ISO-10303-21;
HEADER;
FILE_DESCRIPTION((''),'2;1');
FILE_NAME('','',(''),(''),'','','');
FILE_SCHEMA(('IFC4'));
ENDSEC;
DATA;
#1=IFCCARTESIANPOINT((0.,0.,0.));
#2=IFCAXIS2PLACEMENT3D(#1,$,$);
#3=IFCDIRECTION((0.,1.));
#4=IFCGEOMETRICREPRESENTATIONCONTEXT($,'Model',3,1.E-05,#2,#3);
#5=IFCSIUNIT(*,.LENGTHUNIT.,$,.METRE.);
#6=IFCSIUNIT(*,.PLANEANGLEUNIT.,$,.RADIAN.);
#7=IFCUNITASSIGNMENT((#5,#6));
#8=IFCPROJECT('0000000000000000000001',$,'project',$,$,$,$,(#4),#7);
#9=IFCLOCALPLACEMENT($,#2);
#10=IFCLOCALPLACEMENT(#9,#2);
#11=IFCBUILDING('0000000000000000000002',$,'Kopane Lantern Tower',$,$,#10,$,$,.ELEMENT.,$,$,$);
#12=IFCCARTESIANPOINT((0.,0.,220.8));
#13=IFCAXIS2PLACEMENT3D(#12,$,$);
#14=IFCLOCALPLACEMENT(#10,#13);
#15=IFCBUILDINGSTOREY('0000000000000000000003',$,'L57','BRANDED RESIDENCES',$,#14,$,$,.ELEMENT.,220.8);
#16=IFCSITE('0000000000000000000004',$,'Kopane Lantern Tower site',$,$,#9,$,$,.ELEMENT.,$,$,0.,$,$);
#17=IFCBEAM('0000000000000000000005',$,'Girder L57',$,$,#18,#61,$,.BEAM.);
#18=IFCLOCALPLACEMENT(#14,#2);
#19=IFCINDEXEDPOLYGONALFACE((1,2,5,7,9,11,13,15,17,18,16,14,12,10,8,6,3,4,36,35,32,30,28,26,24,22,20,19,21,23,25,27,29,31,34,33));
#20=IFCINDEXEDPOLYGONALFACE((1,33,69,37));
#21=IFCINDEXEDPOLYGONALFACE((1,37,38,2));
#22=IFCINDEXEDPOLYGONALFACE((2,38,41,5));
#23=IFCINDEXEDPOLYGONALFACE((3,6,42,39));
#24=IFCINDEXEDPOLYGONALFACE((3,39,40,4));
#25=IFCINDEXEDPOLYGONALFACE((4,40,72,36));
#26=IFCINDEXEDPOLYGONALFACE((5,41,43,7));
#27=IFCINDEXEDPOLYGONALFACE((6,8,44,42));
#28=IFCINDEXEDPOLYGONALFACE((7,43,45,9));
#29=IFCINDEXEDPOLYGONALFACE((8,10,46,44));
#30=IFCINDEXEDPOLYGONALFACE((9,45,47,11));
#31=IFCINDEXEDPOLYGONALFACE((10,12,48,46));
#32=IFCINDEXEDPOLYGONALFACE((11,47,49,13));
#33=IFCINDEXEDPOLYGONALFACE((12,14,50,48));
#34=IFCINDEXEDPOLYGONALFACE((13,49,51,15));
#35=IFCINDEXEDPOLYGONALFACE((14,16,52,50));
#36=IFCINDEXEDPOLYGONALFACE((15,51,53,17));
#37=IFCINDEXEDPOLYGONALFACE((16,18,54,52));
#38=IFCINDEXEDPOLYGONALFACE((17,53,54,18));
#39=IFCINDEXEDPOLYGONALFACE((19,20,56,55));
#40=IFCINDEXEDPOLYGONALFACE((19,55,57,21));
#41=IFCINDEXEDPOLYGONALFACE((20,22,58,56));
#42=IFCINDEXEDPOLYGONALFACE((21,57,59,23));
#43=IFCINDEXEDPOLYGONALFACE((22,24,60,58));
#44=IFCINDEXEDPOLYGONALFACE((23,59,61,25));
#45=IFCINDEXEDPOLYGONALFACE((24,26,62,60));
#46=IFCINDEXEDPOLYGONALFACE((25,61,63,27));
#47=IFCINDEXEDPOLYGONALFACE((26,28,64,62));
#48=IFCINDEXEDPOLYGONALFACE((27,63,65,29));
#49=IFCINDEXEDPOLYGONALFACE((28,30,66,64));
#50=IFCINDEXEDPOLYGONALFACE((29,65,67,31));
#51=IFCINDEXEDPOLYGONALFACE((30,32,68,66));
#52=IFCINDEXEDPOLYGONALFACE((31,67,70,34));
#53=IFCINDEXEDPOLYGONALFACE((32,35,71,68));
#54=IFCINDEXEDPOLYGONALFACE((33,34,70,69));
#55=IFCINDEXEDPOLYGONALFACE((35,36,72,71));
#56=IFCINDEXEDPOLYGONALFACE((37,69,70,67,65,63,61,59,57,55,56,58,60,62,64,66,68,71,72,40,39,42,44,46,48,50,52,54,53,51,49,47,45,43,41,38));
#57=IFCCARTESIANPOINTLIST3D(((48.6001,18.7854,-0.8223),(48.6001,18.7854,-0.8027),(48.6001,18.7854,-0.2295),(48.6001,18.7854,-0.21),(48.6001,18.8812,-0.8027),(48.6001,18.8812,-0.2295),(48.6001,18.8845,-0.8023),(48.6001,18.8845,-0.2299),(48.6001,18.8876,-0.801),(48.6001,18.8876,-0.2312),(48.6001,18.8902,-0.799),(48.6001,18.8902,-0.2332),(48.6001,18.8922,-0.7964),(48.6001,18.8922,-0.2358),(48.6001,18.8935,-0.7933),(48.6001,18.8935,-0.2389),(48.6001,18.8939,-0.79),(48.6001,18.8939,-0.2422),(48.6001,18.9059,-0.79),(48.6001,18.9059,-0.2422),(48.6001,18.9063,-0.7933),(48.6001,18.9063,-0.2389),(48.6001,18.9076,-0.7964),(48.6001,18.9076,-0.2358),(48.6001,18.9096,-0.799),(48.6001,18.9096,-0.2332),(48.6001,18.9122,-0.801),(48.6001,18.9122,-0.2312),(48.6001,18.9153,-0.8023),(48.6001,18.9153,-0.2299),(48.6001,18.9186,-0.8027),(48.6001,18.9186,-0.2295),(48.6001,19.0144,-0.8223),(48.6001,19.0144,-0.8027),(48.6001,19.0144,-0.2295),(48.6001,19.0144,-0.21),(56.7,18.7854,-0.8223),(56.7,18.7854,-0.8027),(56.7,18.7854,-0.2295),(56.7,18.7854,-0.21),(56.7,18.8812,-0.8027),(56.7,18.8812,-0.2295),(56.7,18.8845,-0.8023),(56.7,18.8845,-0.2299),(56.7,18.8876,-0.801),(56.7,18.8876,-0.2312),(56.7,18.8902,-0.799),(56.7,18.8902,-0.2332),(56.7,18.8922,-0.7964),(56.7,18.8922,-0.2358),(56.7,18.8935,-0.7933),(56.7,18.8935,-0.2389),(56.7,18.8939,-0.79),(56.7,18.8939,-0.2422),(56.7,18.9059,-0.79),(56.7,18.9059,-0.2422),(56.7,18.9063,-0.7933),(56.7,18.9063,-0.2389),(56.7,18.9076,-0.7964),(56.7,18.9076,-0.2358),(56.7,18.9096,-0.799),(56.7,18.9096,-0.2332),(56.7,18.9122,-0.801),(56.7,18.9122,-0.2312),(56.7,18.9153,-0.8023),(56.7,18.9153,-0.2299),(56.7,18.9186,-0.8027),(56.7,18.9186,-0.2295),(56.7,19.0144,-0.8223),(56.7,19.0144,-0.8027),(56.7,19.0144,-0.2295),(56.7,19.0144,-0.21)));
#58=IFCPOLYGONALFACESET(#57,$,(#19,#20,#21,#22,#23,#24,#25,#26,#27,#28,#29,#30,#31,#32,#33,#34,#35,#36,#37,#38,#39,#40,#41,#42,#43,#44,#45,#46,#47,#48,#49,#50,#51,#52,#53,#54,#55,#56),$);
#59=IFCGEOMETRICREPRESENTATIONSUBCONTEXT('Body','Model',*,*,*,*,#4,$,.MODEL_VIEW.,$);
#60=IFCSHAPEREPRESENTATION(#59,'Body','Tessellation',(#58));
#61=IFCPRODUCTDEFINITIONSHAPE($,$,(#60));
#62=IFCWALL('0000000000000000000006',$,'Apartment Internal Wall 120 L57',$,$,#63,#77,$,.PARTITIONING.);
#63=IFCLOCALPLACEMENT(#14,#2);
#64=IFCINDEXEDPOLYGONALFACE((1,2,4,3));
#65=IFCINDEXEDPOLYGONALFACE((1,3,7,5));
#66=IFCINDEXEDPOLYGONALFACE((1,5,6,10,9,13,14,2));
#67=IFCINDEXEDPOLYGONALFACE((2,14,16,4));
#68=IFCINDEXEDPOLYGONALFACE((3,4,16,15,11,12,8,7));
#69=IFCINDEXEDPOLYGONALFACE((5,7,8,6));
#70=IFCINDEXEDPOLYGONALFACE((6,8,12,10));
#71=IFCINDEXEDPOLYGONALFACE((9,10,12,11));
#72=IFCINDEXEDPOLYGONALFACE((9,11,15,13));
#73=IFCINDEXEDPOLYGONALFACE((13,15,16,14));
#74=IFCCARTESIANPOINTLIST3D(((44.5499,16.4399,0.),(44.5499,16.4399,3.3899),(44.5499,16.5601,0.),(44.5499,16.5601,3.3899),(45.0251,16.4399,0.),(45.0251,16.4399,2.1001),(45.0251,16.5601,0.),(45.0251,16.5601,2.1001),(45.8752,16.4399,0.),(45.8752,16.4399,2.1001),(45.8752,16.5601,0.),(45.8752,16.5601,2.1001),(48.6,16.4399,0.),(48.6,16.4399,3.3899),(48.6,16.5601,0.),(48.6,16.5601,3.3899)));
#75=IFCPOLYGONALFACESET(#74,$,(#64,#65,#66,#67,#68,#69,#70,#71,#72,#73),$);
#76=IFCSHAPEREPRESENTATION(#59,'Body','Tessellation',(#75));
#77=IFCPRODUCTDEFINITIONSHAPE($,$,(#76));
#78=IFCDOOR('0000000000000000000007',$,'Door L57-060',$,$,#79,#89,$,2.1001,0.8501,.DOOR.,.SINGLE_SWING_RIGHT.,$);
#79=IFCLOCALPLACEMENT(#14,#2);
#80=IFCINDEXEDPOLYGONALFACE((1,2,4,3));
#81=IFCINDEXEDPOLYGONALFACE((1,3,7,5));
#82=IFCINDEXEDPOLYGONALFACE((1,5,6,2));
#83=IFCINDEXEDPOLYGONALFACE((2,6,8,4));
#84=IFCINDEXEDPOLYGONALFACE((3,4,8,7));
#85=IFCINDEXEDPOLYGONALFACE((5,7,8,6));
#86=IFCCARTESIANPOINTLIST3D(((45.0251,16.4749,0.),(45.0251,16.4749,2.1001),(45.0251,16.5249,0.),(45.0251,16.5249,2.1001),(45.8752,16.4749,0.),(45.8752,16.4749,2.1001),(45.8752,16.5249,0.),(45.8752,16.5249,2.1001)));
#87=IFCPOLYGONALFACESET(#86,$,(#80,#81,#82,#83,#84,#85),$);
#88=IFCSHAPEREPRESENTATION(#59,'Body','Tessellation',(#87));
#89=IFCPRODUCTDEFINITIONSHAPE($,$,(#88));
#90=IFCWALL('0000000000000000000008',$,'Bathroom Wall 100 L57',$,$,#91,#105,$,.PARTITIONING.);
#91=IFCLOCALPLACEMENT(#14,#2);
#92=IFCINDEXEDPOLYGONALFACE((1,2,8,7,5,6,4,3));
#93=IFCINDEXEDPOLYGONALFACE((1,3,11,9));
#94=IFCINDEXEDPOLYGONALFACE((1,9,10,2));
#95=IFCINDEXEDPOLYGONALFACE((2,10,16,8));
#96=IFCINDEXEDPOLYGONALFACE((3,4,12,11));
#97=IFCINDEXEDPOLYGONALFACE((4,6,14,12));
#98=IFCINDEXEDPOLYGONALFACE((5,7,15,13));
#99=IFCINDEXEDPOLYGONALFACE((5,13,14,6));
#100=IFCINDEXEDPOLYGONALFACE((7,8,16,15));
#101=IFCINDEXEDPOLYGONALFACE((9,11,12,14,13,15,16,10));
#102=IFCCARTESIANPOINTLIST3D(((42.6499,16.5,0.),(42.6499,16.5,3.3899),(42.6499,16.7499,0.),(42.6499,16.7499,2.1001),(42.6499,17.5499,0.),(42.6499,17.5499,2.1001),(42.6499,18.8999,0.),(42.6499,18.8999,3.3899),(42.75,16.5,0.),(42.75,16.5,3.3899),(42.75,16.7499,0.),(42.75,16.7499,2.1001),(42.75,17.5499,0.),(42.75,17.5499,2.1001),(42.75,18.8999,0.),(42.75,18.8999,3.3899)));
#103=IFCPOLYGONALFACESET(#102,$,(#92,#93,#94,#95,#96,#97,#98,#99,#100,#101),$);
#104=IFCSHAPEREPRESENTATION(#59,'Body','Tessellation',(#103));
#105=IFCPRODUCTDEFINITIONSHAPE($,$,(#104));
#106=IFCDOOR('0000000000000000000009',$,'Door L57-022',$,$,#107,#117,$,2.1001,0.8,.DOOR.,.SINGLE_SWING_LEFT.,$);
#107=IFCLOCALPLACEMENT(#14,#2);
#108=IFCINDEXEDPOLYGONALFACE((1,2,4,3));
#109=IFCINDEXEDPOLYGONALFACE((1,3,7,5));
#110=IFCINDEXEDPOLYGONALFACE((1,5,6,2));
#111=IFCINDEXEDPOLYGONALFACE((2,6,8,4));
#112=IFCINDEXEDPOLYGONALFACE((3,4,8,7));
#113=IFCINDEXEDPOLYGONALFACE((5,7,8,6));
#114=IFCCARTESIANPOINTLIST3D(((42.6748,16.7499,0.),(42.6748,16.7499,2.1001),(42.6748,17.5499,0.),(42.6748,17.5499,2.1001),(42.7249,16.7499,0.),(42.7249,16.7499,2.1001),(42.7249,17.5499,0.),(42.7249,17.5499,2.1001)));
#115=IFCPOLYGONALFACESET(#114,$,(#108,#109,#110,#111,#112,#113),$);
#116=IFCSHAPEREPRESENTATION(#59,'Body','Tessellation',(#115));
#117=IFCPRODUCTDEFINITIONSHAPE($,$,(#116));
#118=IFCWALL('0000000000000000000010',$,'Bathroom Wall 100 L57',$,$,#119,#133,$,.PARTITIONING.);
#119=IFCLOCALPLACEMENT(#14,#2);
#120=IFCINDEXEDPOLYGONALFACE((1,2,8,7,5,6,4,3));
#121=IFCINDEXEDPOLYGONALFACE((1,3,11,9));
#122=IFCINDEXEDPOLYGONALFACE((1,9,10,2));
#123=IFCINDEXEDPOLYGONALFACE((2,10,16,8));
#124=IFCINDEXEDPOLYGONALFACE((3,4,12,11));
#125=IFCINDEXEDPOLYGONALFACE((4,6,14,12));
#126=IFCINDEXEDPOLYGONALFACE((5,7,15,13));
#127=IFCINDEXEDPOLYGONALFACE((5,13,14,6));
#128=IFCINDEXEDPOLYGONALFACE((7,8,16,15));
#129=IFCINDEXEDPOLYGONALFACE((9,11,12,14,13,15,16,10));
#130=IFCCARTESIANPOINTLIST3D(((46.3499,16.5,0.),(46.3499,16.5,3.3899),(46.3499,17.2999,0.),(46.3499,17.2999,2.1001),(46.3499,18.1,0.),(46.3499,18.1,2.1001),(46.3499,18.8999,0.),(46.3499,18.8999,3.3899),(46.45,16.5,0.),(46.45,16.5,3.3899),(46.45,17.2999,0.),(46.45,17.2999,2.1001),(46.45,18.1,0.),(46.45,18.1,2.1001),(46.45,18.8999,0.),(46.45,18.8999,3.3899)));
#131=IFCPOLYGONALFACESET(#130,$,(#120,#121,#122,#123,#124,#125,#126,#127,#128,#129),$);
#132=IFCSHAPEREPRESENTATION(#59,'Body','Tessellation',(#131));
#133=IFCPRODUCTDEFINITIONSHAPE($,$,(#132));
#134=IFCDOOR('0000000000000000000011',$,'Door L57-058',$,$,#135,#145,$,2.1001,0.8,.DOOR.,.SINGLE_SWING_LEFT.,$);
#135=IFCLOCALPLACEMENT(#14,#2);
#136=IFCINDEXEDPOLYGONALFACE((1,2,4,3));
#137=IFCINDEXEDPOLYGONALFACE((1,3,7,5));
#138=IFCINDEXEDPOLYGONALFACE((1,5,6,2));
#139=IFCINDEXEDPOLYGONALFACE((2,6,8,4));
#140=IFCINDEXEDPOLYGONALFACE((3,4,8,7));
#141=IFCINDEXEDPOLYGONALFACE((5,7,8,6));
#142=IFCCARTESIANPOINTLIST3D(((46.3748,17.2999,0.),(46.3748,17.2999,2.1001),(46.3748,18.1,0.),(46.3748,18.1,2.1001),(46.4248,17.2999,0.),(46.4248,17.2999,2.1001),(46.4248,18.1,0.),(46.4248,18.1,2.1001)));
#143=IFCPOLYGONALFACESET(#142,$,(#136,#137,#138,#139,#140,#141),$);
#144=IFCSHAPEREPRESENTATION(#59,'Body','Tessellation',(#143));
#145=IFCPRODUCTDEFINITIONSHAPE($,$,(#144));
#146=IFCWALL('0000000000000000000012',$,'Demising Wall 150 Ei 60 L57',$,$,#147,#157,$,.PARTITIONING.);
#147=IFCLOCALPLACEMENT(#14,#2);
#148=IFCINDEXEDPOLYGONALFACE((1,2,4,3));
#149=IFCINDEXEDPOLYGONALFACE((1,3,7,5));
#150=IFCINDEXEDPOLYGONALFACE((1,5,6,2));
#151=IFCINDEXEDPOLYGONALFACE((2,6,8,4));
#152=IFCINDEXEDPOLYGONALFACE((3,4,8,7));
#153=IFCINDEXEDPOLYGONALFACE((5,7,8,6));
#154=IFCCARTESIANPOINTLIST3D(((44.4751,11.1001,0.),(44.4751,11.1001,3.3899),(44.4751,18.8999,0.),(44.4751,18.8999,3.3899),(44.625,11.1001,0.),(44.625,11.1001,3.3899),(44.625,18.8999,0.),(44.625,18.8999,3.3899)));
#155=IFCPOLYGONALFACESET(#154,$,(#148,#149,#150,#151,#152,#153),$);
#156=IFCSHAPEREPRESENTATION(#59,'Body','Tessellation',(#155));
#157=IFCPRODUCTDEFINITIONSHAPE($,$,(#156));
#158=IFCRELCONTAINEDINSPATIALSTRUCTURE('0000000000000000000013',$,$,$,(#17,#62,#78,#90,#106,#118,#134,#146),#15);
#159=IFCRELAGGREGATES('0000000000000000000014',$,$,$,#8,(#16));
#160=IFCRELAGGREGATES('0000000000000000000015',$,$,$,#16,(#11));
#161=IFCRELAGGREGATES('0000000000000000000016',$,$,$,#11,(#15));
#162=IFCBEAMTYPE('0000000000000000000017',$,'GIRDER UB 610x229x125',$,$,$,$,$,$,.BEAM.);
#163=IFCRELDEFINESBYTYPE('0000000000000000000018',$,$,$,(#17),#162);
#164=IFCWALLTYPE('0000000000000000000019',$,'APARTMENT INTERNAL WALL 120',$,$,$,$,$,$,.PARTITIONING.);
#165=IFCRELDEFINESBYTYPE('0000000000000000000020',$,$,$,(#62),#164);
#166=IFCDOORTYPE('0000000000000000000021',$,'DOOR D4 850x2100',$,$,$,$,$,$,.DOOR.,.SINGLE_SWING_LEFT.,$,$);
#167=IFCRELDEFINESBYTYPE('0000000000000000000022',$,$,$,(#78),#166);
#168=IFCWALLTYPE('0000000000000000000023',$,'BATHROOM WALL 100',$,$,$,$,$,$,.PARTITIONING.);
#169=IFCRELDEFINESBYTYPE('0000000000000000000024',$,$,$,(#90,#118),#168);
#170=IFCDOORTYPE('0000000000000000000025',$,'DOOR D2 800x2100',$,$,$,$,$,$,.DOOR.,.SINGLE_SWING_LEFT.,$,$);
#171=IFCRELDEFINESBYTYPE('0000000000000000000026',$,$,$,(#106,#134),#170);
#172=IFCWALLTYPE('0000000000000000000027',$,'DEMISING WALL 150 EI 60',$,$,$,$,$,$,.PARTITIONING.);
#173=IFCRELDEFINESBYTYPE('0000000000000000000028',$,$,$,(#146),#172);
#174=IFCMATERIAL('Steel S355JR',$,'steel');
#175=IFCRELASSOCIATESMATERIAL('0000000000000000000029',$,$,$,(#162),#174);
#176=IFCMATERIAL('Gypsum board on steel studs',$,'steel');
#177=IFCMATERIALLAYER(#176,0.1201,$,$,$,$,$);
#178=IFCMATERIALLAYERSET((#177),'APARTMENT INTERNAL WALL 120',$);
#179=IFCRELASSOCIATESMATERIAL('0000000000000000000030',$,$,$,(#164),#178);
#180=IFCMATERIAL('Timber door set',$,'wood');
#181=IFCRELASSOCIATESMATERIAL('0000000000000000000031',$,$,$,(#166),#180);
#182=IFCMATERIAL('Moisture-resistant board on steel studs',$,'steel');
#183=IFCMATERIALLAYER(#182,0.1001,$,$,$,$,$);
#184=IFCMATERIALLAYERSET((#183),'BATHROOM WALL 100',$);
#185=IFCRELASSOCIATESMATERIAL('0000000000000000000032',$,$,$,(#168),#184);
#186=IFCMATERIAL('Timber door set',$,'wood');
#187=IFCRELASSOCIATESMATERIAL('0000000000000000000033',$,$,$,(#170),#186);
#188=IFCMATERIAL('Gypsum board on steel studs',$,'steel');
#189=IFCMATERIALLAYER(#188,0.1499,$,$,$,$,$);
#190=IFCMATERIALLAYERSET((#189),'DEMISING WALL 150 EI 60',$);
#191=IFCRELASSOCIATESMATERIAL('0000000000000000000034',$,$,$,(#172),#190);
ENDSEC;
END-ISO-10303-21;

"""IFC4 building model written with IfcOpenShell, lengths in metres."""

from ifc_helpers import new_model, si_unit, direction, frame, frame_2d, origin, origin_2d, place, context, subcontext, project, spatial, rectangle, i_section, extrude, material, layer, layer_set, material_profile, profile_set, type_object, element, fill, save


model = new_model("IFC4")

# Units and contexts
model_context = context("Model", 3, precision=1e-05, world=origin(), true_north=direction((0.0, 1.0)))
body_context = subcontext(model_context, "Body", "Model", "MODEL_VIEW")
ifc_project = project(units=[si_unit("LENGTHUNIT", "METRE"), si_unit("PLANEANGLEUNIT", "RADIAN")], contexts=[model_context])

# Site, building, storey
site_placement = place(None, origin())
site = spatial("IfcSite", under=ifc_project, at=site_placement, Name="Kopane Lantern Tower site", CompositionType="ELEMENT", RefElevation=0.0)
building_placement = place(site_placement, origin())
building = spatial("IfcBuilding", under=site, at=building_placement, Name="Kopane Lantern Tower", CompositionType="ELEMENT")
storey_placement = place(building_placement, frame((0.0, 0.0, 220.8)))
storey = spatial("IfcBuildingStorey", under=building, at=storey_placement, Name="L57", Description="BRANDED RESIDENCES", CompositionType="ELEMENT", Elevation=220.8)

# Beam
ifc_material_1 = material(Name="Steel S355JR", Category="steel")
ifc_material_profile_1 = material_profile(ifc_material_1, i_section(OverallWidth=0.229, OverallDepth=0.6123, WebThickness=0.012, FlangeThickness=0.0195, FilletRadius=0.0127, at=origin_2d()), Name="UB 610x229x125")
ifc_profile_set_1 = profile_set([ifc_material_profile_1], Name="Steel S355JR")
beam_type = type_object("IfcBeamType", Name="GIRDER UB 610x229x125", PredefinedType="BEAM", material=ifc_profile_set_1)
beam_1_placement = place(storey_placement, frame((48.6001, 18.8999, -0.5161), z_axis=(1.0, 0.0, 0.0), x_axis=(0.0, 1.0, 0.0)))
element("IfcBeam", 1, at=beam_1_placement, inside=storey, type_object=beam_type, Name="Girder L57", PredefinedType="BEAM", context=body_context, shape_type="SweptSolid", body=[
    extrude(i_section(OverallWidth=0.229, OverallDepth=0.6123, WebThickness=0.012, FlangeThickness=0.0195, FilletRadius=0.0127, at=origin_2d()), origin(), (0.0, 0.0, 1.0), 8.0999),
])

# Walls, openings, doors
ifc_material_2 = material(Name="Gypsum board on steel studs", Category="steel")
ifc_layer_1 = layer(ifc_material_2, 0.1201)
ifc_layer_set_1 = layer_set([ifc_layer_1], Name="APARTMENT INTERNAL WALL 120")
wall_type_1 = type_object("IfcWallType", Name="APARTMENT INTERNAL WALL 120", PredefinedType="PARTITIONING", material=ifc_layer_set_1)
wall_1_placement = place(storey_placement, frame((44.55, 16.5, 0.0), z_axis=(0.0, 0.0, 1.0), x_axis=(1.0, 0.0, 0.0)))
wall_1 = element("IfcWall", 2, at=wall_1_placement, inside=storey, type_object=wall_type_1, Name="Apartment Internal Wall 120 L57", PredefinedType="PARTITIONING", context=body_context, shape_type="SweptSolid", body=[
    extrude(rectangle(XDim=4.05, YDim=0.1201, at=frame_2d((2.0249, 0.0))), origin(), (0.0, 0.0, 1.0), 3.3899),
])
opening_1_placement = place(wall_1_placement, frame((0.4751, 0.0, 0.0)))
opening_1 = element("IfcOpeningElement", 3, at=opening_1_placement, cuts=wall_1, PredefinedType="OPENING", context=body_context, shape_type="SweptSolid", body=[
    extrude(rectangle(XDim=0.8501, YDim=2.1001, at=frame_2d((0.425, 1.05))), frame((0.0, 0.0701, 0.0), z_axis=(0.0, -1.0, 0.0), x_axis=(1.0, 0.0, 0.0)), (0.0, 0.0, 1.0), 0.1401),
])
ifc_material_3 = material(Name="Timber door set", Category="wood")
door_type_1 = type_object("IfcDoorType", Name="DOOR D4 850x2100", OperationType="SINGLE_SWING_LEFT", PredefinedType="DOOR", material=ifc_material_3)
door_1_placement = place(opening_1_placement, origin())
door_1 = element("IfcDoor", 4, at=door_1_placement, inside=storey, type_object=door_type_1, Name="Door L57-060", OperationType="SINGLE_SWING_RIGHT", OverallHeight=2.1001, OverallWidth=0.8501, PredefinedType="DOOR", context=body_context, shape_type="SweptSolid", body=[
    extrude(rectangle(XDim=0.8501, YDim=2.1001, at=frame_2d((0.425, 1.05))), frame((0.0, 0.0249, 0.0), z_axis=(0.0, -1.0, 0.0), x_axis=(1.0, 0.0, 0.0)), (0.0, 0.0, 1.0), 0.05),
])
fill(opening_1, door_1)
ifc_material_4 = material(Name="Moisture-resistant board on steel studs", Category="steel")
ifc_layer_2 = layer(ifc_material_4, 0.1001)
ifc_layer_set_2 = layer_set([ifc_layer_2], Name="BATHROOM WALL 100")
wall_type_2 = type_object("IfcWallType", Name="BATHROOM WALL 100", PredefinedType="PARTITIONING", material=ifc_layer_set_2)
wall_2_placement = place(storey_placement, frame((42.7, 18.8999, 0.0), z_axis=(0.0, 0.0, 1.0), x_axis=(0.0, -1.0, 0.0)))
wall_2 = element("IfcWall", 5, at=wall_2_placement, inside=storey, type_object=wall_type_2, Name="Bathroom Wall 100 L57", PredefinedType="PARTITIONING", context=body_context, shape_type="SweptSolid", body=[
    extrude(rectangle(XDim=2.3999, YDim=0.1001, at=frame_2d((1.2, 0.0))), origin(), (0.0, 0.0, 1.0), 3.3899),
])
opening_2_placement = place(wall_2_placement, frame((1.3501, 0.0, 0.0)))
opening_2 = element("IfcOpeningElement", 6, at=opening_2_placement, cuts=wall_2, PredefinedType="OPENING", context=body_context, shape_type="SweptSolid", body=[
    extrude(rectangle(XDim=0.8, YDim=2.1001, at=frame_2d((0.3999, 1.05))), frame((0.0, 0.0601, 0.0), z_axis=(0.0, -1.0, 0.0), x_axis=(1.0, 0.0, 0.0)), (0.0, 0.0, 1.0), 0.1201),
])
ifc_material_5 = material(Name="Timber door set", Category="wood")
door_type_2 = type_object("IfcDoorType", Name="DOOR D2 800x2100", OperationType="SINGLE_SWING_LEFT", PredefinedType="DOOR", material=ifc_material_5)
door_2_placement = place(opening_2_placement, origin())
door_2 = element("IfcDoor", 7, at=door_2_placement, inside=storey, type_object=door_type_2, Name="Door L57-022", OperationType="SINGLE_SWING_LEFT", OverallHeight=2.1001, OverallWidth=0.8, PredefinedType="DOOR", context=body_context, shape_type="SweptSolid", body=[
    extrude(rectangle(XDim=0.8, YDim=2.1001, at=frame_2d((0.3999, 1.05))), frame((0.0, 0.0249, 0.0), z_axis=(0.0, -1.0, 0.0), x_axis=(1.0, 0.0, 0.0)), (0.0, 0.0, 1.0), 0.05),
])
fill(opening_2, door_2)
wall_3_placement = place(storey_placement, frame((46.3999, 18.8999, 0.0), z_axis=(0.0, 0.0, 1.0), x_axis=(0.0, -1.0, 0.0)))
wall_3 = element("IfcWall", 8, at=wall_3_placement, inside=storey, type_object=wall_type_2, Name="Bathroom Wall 100 L57", PredefinedType="PARTITIONING", context=body_context, shape_type="SweptSolid", body=[
    extrude(rectangle(XDim=2.3999, YDim=0.1001, at=frame_2d((1.2, 0.0))), origin(), (0.0, 0.0, 1.0), 3.3899),
])
opening_3_placement = place(wall_3_placement, frame((0.8, 0.0, 0.0)))
opening_3 = element("IfcOpeningElement", 9, at=opening_3_placement, cuts=wall_3, PredefinedType="OPENING", context=body_context, shape_type="SweptSolid", body=[
    extrude(rectangle(XDim=0.8, YDim=2.1001, at=frame_2d((0.3999, 1.05))), frame((0.0, 0.0601, 0.0), z_axis=(0.0, -1.0, 0.0), x_axis=(1.0, 0.0, 0.0)), (0.0, 0.0, 1.0), 0.1201),
])
door_3_placement = place(opening_3_placement, origin())
door_3 = element("IfcDoor", 10, at=door_3_placement, inside=storey, type_object=door_type_2, Name="Door L57-058", OperationType="SINGLE_SWING_LEFT", OverallHeight=2.1001, OverallWidth=0.8, PredefinedType="DOOR", context=body_context, shape_type="SweptSolid", body=[
    extrude(rectangle(XDim=0.8, YDim=2.1001, at=frame_2d((0.3999, 1.05))), frame((0.0, 0.0249, 0.0), z_axis=(0.0, -1.0, 0.0), x_axis=(1.0, 0.0, 0.0)), (0.0, 0.0, 1.0), 0.05),
])
fill(opening_3, door_3)

# Wall
ifc_material_6 = material(Name="Gypsum board on steel studs", Category="steel")
ifc_layer_3 = layer(ifc_material_6, 0.1499)
ifc_layer_set_3 = layer_set([ifc_layer_3], Name="DEMISING WALL 150 EI 60")
wall_type_3 = type_object("IfcWallType", Name="DEMISING WALL 150 EI 60", PredefinedType="PARTITIONING", material=ifc_layer_set_3)
wall_4_placement = place(storey_placement, frame((44.55, 18.8999, 0.0), z_axis=(0.0, 0.0, 1.0), x_axis=(0.0, -1.0, 0.0)))
element("IfcWall", 11, at=wall_4_placement, inside=storey, type_object=wall_type_3, Name="Demising Wall 150 Ei 60 L57", PredefinedType="PARTITIONING", context=body_context, shape_type="SweptSolid", body=[
    extrude(rectangle(XDim=7.7998, YDim=0.1499, at=frame_2d((3.8999, 0.0))), origin(), (0.0, 0.0, 1.0), 3.3899),
])

save(model, "model.ifc")
